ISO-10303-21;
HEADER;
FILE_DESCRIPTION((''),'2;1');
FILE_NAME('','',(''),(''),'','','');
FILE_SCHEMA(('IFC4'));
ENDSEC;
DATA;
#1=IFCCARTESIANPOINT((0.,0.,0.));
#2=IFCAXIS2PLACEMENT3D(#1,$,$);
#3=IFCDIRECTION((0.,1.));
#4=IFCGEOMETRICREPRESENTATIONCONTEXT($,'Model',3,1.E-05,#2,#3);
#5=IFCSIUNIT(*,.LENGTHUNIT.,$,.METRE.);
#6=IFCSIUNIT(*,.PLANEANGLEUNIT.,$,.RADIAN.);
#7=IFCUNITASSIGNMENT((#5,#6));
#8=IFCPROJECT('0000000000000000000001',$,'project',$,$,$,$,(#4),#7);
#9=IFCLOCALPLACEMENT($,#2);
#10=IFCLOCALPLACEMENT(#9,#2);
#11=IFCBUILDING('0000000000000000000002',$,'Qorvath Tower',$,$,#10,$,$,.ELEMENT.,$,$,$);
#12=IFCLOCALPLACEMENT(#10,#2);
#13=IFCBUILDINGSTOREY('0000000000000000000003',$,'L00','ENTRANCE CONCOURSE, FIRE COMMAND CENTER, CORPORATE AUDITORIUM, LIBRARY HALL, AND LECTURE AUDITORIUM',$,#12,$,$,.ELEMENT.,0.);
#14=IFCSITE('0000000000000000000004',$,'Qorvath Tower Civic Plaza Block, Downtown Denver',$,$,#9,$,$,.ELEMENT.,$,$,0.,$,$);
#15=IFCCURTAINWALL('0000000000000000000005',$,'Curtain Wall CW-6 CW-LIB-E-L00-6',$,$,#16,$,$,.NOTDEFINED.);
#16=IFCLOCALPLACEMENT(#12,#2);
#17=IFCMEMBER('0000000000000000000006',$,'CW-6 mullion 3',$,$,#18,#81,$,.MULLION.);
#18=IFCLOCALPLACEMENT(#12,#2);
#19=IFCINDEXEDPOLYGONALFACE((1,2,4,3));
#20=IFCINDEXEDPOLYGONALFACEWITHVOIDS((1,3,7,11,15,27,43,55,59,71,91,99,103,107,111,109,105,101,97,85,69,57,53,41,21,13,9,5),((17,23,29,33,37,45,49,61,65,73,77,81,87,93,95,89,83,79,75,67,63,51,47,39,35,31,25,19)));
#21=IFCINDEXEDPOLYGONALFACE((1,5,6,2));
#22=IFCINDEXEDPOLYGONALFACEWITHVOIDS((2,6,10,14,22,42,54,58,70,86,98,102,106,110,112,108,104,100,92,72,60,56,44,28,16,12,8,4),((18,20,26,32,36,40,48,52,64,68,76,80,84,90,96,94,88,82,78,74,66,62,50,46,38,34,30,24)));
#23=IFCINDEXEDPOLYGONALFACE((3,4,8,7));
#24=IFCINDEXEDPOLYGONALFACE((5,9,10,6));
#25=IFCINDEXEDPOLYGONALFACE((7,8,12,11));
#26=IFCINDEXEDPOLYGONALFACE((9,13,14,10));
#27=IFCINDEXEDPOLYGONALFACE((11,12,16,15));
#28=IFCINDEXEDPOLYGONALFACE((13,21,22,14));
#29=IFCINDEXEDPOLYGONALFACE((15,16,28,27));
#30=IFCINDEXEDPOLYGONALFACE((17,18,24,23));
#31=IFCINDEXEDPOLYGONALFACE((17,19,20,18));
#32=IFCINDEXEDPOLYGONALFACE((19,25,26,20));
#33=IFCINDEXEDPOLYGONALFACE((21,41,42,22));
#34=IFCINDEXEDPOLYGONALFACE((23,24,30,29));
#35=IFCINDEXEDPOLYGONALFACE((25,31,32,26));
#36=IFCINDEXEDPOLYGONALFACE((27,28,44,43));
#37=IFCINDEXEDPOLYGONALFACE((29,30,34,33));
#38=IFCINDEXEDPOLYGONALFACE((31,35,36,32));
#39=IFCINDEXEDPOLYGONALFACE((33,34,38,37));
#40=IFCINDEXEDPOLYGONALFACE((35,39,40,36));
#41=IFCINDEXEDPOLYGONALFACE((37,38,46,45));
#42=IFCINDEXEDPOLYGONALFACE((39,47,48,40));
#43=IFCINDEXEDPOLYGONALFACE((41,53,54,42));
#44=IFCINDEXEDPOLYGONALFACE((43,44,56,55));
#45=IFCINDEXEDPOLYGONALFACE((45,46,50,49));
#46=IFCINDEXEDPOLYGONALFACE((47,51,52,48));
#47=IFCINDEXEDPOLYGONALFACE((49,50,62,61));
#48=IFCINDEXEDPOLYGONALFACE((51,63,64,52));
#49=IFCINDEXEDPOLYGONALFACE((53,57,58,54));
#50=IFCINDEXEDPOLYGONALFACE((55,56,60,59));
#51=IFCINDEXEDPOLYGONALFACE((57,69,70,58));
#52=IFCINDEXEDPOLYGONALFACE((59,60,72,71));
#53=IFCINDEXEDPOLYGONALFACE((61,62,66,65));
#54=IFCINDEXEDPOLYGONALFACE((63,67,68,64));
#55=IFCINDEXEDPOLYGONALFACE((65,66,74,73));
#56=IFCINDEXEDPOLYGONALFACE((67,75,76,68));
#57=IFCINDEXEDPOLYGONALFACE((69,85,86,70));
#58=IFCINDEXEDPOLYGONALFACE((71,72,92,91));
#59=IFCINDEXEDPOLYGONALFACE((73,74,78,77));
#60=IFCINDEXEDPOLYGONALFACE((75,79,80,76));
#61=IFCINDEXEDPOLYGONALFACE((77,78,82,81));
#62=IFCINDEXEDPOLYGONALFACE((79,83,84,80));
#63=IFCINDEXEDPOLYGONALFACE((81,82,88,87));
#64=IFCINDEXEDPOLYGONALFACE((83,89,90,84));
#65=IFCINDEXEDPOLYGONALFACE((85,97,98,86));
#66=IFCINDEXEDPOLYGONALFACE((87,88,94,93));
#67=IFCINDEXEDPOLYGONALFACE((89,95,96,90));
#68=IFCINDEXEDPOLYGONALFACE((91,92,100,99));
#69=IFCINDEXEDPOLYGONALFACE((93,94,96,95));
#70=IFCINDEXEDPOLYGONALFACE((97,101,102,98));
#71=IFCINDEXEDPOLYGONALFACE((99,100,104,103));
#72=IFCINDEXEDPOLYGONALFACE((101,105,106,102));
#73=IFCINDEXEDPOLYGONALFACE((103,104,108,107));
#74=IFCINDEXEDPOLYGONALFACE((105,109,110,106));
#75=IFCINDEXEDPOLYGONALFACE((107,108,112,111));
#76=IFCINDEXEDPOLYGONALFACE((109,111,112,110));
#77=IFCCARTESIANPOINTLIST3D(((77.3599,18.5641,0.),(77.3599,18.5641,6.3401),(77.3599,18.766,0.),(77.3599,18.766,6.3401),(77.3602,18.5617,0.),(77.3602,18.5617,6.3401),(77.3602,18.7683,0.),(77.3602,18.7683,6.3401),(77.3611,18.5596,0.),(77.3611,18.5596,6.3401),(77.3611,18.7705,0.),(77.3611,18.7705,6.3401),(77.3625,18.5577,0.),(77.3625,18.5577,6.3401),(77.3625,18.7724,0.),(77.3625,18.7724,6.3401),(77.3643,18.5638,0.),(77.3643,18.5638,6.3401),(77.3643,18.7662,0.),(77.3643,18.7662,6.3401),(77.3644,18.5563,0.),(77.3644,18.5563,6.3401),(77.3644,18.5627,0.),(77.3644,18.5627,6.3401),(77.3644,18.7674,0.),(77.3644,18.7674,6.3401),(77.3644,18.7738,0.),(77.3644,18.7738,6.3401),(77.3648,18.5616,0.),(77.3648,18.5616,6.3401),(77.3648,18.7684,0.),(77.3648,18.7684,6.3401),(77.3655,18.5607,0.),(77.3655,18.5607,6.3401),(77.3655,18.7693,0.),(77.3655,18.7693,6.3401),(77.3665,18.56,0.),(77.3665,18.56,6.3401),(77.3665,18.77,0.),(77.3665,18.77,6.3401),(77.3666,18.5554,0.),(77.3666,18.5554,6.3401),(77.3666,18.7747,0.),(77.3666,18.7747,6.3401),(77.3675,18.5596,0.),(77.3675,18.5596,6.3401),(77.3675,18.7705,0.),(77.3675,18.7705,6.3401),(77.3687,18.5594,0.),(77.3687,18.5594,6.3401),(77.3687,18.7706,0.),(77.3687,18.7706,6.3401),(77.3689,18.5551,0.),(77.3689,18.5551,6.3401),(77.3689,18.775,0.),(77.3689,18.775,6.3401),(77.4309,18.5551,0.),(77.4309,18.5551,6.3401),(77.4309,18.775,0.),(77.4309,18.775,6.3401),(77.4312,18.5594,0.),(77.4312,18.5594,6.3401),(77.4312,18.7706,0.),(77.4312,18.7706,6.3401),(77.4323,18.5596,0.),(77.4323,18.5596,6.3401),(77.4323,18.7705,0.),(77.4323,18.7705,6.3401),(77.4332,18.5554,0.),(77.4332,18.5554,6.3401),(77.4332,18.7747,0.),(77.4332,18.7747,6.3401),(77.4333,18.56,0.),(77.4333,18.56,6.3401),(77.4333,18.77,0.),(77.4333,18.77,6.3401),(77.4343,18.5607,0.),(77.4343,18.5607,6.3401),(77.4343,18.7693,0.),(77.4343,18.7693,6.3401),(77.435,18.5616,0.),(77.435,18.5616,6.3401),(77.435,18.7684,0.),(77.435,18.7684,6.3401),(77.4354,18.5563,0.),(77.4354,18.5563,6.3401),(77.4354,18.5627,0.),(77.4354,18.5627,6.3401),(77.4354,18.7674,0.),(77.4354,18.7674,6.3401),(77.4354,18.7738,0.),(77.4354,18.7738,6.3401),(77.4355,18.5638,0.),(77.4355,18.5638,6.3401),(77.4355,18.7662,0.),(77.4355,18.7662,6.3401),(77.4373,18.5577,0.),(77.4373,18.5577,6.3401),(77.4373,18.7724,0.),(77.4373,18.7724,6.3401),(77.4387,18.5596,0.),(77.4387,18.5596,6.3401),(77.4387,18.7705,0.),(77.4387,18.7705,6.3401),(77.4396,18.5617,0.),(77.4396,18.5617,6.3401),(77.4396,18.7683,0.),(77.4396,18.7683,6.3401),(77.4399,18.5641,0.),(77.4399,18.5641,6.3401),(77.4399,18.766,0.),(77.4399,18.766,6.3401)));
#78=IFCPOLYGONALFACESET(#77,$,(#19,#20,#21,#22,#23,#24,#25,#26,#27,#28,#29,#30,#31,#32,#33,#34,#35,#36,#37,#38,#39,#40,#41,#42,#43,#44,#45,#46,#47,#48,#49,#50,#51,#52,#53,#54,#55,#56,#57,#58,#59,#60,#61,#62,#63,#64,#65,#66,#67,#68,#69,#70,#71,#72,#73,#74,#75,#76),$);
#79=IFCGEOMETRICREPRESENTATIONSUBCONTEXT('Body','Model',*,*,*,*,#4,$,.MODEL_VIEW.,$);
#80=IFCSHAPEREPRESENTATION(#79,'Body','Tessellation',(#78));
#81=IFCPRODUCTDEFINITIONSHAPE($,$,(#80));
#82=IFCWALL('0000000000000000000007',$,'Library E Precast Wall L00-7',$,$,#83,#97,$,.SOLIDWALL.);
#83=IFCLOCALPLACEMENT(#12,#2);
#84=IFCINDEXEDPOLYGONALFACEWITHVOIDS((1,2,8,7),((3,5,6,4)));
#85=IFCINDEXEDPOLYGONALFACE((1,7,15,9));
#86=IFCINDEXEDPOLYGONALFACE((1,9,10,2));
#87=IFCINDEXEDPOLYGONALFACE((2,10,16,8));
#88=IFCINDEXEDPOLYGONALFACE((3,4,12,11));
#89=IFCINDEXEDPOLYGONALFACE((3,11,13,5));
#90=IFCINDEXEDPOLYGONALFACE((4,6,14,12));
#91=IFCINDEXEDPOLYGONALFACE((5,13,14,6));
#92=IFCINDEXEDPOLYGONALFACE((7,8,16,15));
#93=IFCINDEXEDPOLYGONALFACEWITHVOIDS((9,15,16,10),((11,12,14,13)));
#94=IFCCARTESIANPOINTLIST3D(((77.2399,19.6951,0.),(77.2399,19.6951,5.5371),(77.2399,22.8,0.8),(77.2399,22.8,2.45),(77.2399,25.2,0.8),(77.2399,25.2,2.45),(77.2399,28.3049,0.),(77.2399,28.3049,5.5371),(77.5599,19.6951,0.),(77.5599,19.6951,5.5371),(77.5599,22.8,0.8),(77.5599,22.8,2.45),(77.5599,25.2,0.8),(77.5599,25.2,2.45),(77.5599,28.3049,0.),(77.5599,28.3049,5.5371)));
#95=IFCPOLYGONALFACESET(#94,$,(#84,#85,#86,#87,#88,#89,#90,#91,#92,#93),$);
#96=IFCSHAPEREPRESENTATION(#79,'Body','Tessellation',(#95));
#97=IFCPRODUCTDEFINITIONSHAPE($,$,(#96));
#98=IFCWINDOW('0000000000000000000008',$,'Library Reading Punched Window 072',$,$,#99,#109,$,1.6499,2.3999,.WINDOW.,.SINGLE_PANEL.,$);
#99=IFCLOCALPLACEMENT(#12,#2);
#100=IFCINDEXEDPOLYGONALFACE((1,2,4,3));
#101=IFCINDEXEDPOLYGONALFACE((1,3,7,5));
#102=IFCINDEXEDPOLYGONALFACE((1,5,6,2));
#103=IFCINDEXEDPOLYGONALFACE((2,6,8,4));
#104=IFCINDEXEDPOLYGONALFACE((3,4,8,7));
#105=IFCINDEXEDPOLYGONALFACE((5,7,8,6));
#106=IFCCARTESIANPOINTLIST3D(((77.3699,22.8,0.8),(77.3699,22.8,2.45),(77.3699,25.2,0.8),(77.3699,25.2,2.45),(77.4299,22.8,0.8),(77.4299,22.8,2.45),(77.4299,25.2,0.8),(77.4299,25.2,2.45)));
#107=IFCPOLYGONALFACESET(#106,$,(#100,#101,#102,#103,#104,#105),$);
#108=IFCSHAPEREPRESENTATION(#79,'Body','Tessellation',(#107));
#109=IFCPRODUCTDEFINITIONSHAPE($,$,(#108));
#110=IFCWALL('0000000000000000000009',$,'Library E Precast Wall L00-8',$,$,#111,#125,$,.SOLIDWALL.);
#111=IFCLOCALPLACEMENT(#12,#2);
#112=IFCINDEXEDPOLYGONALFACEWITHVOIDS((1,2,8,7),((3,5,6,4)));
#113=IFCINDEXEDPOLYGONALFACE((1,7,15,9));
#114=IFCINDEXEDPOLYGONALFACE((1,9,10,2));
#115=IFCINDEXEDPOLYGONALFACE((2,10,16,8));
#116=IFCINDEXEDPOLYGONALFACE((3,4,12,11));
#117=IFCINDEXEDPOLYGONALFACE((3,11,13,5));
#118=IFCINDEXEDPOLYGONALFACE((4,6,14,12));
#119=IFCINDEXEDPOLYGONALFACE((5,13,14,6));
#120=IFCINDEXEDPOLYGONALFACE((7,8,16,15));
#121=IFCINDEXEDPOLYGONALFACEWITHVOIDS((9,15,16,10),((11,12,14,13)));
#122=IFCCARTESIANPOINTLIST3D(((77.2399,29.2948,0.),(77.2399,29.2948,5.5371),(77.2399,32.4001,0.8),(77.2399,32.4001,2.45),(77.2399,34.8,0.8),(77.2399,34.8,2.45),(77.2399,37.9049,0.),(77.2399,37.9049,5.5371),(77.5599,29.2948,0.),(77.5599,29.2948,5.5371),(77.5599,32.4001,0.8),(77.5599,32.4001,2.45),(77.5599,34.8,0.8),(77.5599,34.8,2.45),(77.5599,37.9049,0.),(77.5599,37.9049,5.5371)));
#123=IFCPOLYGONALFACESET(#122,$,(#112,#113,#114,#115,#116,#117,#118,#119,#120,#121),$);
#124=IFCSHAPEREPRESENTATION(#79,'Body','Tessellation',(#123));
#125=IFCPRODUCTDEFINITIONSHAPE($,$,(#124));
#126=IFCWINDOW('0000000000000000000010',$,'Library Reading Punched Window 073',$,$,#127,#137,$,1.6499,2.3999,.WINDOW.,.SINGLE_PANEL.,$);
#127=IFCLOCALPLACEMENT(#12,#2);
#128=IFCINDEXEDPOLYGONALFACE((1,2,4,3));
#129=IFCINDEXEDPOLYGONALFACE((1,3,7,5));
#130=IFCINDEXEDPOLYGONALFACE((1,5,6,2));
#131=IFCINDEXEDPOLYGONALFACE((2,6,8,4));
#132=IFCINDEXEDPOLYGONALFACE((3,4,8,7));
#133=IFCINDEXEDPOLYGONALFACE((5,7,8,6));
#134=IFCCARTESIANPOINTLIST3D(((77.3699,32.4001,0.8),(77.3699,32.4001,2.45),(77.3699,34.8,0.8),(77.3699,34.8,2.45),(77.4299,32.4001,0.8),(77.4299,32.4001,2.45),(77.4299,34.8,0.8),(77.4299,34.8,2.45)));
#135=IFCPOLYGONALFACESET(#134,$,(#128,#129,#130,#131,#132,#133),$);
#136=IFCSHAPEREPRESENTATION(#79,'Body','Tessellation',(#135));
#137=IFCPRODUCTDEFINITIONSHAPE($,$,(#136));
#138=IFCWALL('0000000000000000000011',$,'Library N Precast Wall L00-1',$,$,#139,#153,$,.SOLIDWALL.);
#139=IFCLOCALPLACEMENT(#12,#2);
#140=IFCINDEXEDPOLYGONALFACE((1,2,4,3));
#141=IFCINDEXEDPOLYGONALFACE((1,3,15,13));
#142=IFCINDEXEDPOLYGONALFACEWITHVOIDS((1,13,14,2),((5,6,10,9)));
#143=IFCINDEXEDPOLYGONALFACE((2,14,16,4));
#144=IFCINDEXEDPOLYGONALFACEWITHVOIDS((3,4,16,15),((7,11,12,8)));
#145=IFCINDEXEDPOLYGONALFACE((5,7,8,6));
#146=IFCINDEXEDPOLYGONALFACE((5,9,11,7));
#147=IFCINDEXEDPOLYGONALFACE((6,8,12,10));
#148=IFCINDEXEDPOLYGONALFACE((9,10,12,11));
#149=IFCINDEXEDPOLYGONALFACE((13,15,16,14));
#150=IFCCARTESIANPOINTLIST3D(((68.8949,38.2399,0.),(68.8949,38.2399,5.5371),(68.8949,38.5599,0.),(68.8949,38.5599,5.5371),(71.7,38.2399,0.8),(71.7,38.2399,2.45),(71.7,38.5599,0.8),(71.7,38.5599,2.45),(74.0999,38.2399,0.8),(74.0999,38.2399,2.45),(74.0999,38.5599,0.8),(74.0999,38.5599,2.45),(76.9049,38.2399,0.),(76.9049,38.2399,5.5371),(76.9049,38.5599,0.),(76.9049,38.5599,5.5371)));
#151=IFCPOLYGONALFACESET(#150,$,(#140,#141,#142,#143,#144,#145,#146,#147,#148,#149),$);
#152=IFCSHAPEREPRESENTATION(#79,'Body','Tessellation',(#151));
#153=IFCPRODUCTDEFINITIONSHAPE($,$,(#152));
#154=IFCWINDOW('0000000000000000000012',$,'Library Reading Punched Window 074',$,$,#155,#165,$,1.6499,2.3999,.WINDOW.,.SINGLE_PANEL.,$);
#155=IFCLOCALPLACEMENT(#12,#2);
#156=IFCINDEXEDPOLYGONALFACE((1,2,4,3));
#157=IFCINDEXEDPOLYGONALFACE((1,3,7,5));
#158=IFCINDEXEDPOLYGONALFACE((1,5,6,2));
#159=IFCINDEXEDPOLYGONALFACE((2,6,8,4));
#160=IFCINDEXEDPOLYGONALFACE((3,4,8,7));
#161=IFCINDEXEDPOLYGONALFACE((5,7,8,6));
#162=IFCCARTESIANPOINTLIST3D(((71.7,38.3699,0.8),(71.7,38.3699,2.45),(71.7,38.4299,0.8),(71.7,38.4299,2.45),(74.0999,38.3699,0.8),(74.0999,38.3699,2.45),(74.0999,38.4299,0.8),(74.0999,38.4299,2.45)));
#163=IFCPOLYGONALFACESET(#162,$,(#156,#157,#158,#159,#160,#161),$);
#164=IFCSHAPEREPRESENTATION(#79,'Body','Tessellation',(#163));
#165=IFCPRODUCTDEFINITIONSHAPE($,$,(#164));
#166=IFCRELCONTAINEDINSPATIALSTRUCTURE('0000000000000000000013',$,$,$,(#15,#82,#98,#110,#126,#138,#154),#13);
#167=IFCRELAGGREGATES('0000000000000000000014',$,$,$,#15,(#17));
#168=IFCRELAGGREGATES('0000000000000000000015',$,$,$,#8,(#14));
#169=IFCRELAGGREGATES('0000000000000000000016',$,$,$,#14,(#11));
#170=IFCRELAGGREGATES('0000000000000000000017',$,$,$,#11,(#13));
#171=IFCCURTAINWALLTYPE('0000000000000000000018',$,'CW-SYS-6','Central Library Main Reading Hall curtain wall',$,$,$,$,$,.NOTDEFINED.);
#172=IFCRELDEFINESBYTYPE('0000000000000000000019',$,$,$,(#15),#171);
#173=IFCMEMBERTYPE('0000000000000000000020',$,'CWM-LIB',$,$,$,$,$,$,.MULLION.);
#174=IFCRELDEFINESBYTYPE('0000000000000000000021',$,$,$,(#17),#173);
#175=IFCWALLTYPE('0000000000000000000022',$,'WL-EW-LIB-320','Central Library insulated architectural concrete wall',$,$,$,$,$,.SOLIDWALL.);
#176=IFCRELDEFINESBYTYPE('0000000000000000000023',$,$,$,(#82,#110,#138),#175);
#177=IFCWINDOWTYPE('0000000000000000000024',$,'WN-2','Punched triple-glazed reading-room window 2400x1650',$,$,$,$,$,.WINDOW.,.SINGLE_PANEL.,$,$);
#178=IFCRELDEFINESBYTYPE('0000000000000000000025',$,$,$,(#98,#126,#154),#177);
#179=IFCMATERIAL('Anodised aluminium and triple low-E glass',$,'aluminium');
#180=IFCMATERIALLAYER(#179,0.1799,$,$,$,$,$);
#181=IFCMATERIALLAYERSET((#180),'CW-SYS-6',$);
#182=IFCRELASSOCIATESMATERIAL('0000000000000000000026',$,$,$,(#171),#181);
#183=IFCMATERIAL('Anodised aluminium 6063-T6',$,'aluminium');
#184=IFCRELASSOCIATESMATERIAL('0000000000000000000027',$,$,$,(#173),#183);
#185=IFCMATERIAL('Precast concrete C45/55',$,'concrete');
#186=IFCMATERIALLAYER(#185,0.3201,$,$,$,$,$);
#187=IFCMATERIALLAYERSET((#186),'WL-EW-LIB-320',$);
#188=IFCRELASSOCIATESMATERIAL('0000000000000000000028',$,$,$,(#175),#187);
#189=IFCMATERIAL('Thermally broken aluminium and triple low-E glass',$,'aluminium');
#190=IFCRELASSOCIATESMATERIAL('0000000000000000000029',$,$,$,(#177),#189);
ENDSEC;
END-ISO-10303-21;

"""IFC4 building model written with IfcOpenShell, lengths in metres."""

from ifc_helpers import new_model, si_unit, direction, frame, frame_2d, origin, origin_2d, place, context, subcontext, project, spatial, rectangle, hollow_rectangle, extrude, material, layer, layer_set, material_profile, profile_set, type_object, element, fill, aggregate, save


model = new_model("IFC4")

# Units and contexts
model_context = context("Model", 3, precision=1e-05, world=origin(), true_north=direction((0.0, 1.0)))
body_context = subcontext(model_context, "Body", "Model", "MODEL_VIEW")
ifc_project = project(units=[si_unit("LENGTHUNIT", "METRE"), si_unit("PLANEANGLEUNIT", "RADIAN")], contexts=[model_context])

# Site, building, storey
site_placement = place(None, origin())
site = spatial("IfcSite", under=ifc_project, at=site_placement, Name="Qorvath Tower Civic Plaza Block, Downtown Denver", CompositionType="ELEMENT", RefElevation=0.0)
building_placement = place(site_placement, origin())
building = spatial("IfcBuilding", under=site, at=building_placement, Name="Qorvath Tower", CompositionType="ELEMENT")
storey_placement = place(building_placement, origin())
storey = spatial("IfcBuildingStorey", under=building, at=storey_placement, Name="L00", Description="ENTRANCE CONCOURSE, FIRE COMMAND CENTER, CORPORATE AUDITORIUM, LIBRARY HALL, AND LECTURE AUDITORIUM", CompositionType="ELEMENT", Elevation=0.0)

# Curtain wall, member
ifc_material_1 = material(Name="Anodised aluminium and triple low-E glass", Category="aluminium")
ifc_layer_1 = layer(ifc_material_1, 0.1799)
ifc_layer_set_1 = layer_set([ifc_layer_1], Name="CW-SYS-6")
curtain_wall_type = type_object("IfcCurtainWallType", Name="CW-SYS-6", Description="Central Library Main Reading Hall curtain wall", PredefinedType="NOTDEFINED", material=ifc_layer_set_1)
curtain_wall_placement = place(storey_placement, origin())
curtain_wall = element("IfcCurtainWall", 1, at=curtain_wall_placement, inside=storey, type_object=curtain_wall_type, Name="Curtain Wall CW-6 CW-LIB-E-L00-6", PredefinedType="NOTDEFINED")
ifc_material_2 = material(Name="Anodised aluminium 6063-T6", Category="aluminium")
ifc_material_profile_1 = material_profile(ifc_material_2, hollow_rectangle(XDim=0.0801, YDim=0.22, WallThickness=0.0044, InnerFilletRadius=0.0044, OuterFilletRadius=0.009, at=origin_2d()), Name="CWM LIB 220x80")
ifc_profile_set_1 = profile_set([ifc_material_profile_1], Name="Anodised aluminium 6063-T6")
member_type = type_object("IfcMemberType", Name="CWM-LIB", PredefinedType="MULLION", material=ifc_profile_set_1)
member_placement = place(storey_placement, frame((77.3999, 18.665, 0.0), z_axis=(0.0, 0.0, 1.0), x_axis=(-1.0, 0.0, 0.0)))
member = element("IfcMember", 2, at=member_placement, type_object=member_type, Name="CW-6 mullion 3", PredefinedType="MULLION", context=body_context, shape_type="SweptSolid", body=[
    extrude(hollow_rectangle(XDim=0.0801, YDim=0.22, WallThickness=0.0044, InnerFilletRadius=0.0044, OuterFilletRadius=0.009, at=origin_2d()), origin(), (0.0, 0.0, 1.0), 6.3401),
])
aggregate(curtain_wall, [member])

# Walls, openings, windows
ifc_material_3 = material(Name="Precast concrete C45/55", Category="concrete")
ifc_layer_2 = layer(ifc_material_3, 0.3201)
ifc_layer_set_2 = layer_set([ifc_layer_2], Name="WL-EW-LIB-320")
wall_type = type_object("IfcWallType", Name="WL-EW-LIB-320", Description="Central Library insulated architectural concrete wall", PredefinedType="SOLIDWALL", material=ifc_layer_set_2)
wall_1_placement = place(storey_placement, frame((77.3999, 28.3049, 0.0), z_axis=(0.0, 0.0, 1.0), x_axis=(0.0, -1.0, 0.0)))
wall_1 = element("IfcWall", 3, at=wall_1_placement, inside=storey, type_object=wall_type, Name="Library E Precast Wall L00-7", PredefinedType="SOLIDWALL", context=body_context, shape_type="SweptSolid", body=[
    extrude(rectangle(XDim=8.6099, YDim=0.3201, at=frame_2d((4.3049, 0.0))), origin(), (0.0, 0.0, 1.0), 5.5371),
])
opening_1_placement = place(wall_1_placement, frame((3.105, 0.0, 0.8)))
opening_1 = element("IfcOpeningElement", 4, at=opening_1_placement, cuts=wall_1, PredefinedType="OPENING", context=body_context, shape_type="SweptSolid", body=[
    extrude(rectangle(XDim=2.3999, YDim=1.6499, at=frame_2d((1.2, 0.825))), frame((0.0, 0.1699, 0.0), z_axis=(0.0, -1.0, 0.0), x_axis=(1.0, 0.0, 0.0)), (0.0, 0.0, 1.0), 0.3401),
])
ifc_material_4 = material(Name="Thermally broken aluminium and triple low-E glass", Category="aluminium")
window_type = type_object("IfcWindowType", Name="WN-2", Description="Punched triple-glazed reading-room window 2400x1650", PartitioningType="SINGLE_PANEL", PredefinedType="WINDOW", material=ifc_material_4)
window_1_placement = place(opening_1_placement, origin())
window_1 = element("IfcWindow", 5, at=window_1_placement, inside=storey, type_object=window_type, Name="Library Reading Punched Window 072", OverallHeight=1.6499, OverallWidth=2.3999, PartitioningType="SINGLE_PANEL", PredefinedType="WINDOW", context=body_context, shape_type="SweptSolid", body=[
    extrude(rectangle(XDim=2.3999, YDim=1.6499, at=frame_2d((1.2, 0.825))), frame((0.0, 0.03, 0.0), z_axis=(0.0, -1.0, 0.0), x_axis=(1.0, 0.0, 0.0)), (0.0, 0.0, 1.0), 0.0601),
])
fill(opening_1, window_1)
wall_2_placement = place(storey_placement, frame((77.3999, 37.905, 0.0), z_axis=(0.0, 0.0, 1.0), x_axis=(0.0, -1.0, 0.0)))
wall_2 = element("IfcWall", 6, at=wall_2_placement, inside=storey, type_object=wall_type, Name="Library E Precast Wall L00-8", PredefinedType="SOLIDWALL", context=body_context, shape_type="SweptSolid", body=[
    extrude(rectangle(XDim=8.6101, YDim=0.3201, at=frame_2d((4.3052, 0.0))), origin(), (0.0, 0.0, 1.0), 5.5371),
])
opening_2_placement = place(wall_2_placement, frame((3.105, 0.0, 0.8)))
opening_2 = element("IfcOpeningElement", 7, at=opening_2_placement, cuts=wall_2, PredefinedType="OPENING", context=body_context, shape_type="SweptSolid", body=[
    extrude(rectangle(XDim=2.3999, YDim=1.6499, at=frame_2d((1.2, 0.825))), frame((0.0, 0.1699, 0.0), z_axis=(0.0, -1.0, 0.0), x_axis=(1.0, 0.0, 0.0)), (0.0, 0.0, 1.0), 0.3401),
])
window_2_placement = place(opening_2_placement, origin())
window_2 = element("IfcWindow", 8, at=window_2_placement, inside=storey, type_object=window_type, Name="Library Reading Punched Window 073", OverallHeight=1.6499, OverallWidth=2.3999, PartitioningType="SINGLE_PANEL", PredefinedType="WINDOW", context=body_context, shape_type="SweptSolid", body=[
    extrude(rectangle(XDim=2.3999, YDim=1.6499, at=frame_2d((1.2, 0.825))), frame((0.0, 0.03, 0.0), z_axis=(0.0, -1.0, 0.0), x_axis=(1.0, 0.0, 0.0)), (0.0, 0.0, 1.0), 0.0601),
])
fill(opening_2, window_2)
wall_3_placement = place(storey_placement, frame((68.895, 38.3999, 0.0), z_axis=(0.0, 0.0, 1.0), x_axis=(1.0, 0.0, 0.0)))
wall_3 = element("IfcWall", 9, at=wall_3_placement, inside=storey, type_object=wall_type, Name="Library N Precast Wall L00-1", PredefinedType="SOLIDWALL", context=body_context, shape_type="SweptSolid", body=[
    extrude(rectangle(XDim=8.01, YDim=0.3201, at=frame_2d((4.0049, 0.0))), origin(), (0.0, 0.0, 1.0), 5.5371),
])
opening_3_placement = place(wall_3_placement, frame((2.8049, 0.0, 0.8)))
opening_3 = element("IfcOpeningElement", 10, at=opening_3_placement, cuts=wall_3, PredefinedType="OPENING", context=body_context, shape_type="SweptSolid", body=[
    extrude(rectangle(XDim=2.3999, YDim=1.6499, at=frame_2d((1.2, 0.825))), frame((0.0, 0.1699, 0.0), z_axis=(0.0, -1.0, 0.0), x_axis=(1.0, 0.0, 0.0)), (0.0, 0.0, 1.0), 0.3401),
])
window_3_placement = place(opening_3_placement, origin())
window_3 = element("IfcWindow", 11, at=window_3_placement, inside=storey, type_object=window_type, Name="Library Reading Punched Window 074", OverallHeight=1.6499, OverallWidth=2.3999, PartitioningType="SINGLE_PANEL", PredefinedType="WINDOW", context=body_context, shape_type="SweptSolid", body=[
    extrude(rectangle(XDim=2.3999, YDim=1.6499, at=frame_2d((1.2, 0.825))), frame((0.0, 0.03, 0.0), z_axis=(0.0, -1.0, 0.0), x_axis=(1.0, 0.0, 0.0)), (0.0, 0.0, 1.0), 0.0601),
])
fill(opening_3, window_3)

save(model, "model.ifc")
